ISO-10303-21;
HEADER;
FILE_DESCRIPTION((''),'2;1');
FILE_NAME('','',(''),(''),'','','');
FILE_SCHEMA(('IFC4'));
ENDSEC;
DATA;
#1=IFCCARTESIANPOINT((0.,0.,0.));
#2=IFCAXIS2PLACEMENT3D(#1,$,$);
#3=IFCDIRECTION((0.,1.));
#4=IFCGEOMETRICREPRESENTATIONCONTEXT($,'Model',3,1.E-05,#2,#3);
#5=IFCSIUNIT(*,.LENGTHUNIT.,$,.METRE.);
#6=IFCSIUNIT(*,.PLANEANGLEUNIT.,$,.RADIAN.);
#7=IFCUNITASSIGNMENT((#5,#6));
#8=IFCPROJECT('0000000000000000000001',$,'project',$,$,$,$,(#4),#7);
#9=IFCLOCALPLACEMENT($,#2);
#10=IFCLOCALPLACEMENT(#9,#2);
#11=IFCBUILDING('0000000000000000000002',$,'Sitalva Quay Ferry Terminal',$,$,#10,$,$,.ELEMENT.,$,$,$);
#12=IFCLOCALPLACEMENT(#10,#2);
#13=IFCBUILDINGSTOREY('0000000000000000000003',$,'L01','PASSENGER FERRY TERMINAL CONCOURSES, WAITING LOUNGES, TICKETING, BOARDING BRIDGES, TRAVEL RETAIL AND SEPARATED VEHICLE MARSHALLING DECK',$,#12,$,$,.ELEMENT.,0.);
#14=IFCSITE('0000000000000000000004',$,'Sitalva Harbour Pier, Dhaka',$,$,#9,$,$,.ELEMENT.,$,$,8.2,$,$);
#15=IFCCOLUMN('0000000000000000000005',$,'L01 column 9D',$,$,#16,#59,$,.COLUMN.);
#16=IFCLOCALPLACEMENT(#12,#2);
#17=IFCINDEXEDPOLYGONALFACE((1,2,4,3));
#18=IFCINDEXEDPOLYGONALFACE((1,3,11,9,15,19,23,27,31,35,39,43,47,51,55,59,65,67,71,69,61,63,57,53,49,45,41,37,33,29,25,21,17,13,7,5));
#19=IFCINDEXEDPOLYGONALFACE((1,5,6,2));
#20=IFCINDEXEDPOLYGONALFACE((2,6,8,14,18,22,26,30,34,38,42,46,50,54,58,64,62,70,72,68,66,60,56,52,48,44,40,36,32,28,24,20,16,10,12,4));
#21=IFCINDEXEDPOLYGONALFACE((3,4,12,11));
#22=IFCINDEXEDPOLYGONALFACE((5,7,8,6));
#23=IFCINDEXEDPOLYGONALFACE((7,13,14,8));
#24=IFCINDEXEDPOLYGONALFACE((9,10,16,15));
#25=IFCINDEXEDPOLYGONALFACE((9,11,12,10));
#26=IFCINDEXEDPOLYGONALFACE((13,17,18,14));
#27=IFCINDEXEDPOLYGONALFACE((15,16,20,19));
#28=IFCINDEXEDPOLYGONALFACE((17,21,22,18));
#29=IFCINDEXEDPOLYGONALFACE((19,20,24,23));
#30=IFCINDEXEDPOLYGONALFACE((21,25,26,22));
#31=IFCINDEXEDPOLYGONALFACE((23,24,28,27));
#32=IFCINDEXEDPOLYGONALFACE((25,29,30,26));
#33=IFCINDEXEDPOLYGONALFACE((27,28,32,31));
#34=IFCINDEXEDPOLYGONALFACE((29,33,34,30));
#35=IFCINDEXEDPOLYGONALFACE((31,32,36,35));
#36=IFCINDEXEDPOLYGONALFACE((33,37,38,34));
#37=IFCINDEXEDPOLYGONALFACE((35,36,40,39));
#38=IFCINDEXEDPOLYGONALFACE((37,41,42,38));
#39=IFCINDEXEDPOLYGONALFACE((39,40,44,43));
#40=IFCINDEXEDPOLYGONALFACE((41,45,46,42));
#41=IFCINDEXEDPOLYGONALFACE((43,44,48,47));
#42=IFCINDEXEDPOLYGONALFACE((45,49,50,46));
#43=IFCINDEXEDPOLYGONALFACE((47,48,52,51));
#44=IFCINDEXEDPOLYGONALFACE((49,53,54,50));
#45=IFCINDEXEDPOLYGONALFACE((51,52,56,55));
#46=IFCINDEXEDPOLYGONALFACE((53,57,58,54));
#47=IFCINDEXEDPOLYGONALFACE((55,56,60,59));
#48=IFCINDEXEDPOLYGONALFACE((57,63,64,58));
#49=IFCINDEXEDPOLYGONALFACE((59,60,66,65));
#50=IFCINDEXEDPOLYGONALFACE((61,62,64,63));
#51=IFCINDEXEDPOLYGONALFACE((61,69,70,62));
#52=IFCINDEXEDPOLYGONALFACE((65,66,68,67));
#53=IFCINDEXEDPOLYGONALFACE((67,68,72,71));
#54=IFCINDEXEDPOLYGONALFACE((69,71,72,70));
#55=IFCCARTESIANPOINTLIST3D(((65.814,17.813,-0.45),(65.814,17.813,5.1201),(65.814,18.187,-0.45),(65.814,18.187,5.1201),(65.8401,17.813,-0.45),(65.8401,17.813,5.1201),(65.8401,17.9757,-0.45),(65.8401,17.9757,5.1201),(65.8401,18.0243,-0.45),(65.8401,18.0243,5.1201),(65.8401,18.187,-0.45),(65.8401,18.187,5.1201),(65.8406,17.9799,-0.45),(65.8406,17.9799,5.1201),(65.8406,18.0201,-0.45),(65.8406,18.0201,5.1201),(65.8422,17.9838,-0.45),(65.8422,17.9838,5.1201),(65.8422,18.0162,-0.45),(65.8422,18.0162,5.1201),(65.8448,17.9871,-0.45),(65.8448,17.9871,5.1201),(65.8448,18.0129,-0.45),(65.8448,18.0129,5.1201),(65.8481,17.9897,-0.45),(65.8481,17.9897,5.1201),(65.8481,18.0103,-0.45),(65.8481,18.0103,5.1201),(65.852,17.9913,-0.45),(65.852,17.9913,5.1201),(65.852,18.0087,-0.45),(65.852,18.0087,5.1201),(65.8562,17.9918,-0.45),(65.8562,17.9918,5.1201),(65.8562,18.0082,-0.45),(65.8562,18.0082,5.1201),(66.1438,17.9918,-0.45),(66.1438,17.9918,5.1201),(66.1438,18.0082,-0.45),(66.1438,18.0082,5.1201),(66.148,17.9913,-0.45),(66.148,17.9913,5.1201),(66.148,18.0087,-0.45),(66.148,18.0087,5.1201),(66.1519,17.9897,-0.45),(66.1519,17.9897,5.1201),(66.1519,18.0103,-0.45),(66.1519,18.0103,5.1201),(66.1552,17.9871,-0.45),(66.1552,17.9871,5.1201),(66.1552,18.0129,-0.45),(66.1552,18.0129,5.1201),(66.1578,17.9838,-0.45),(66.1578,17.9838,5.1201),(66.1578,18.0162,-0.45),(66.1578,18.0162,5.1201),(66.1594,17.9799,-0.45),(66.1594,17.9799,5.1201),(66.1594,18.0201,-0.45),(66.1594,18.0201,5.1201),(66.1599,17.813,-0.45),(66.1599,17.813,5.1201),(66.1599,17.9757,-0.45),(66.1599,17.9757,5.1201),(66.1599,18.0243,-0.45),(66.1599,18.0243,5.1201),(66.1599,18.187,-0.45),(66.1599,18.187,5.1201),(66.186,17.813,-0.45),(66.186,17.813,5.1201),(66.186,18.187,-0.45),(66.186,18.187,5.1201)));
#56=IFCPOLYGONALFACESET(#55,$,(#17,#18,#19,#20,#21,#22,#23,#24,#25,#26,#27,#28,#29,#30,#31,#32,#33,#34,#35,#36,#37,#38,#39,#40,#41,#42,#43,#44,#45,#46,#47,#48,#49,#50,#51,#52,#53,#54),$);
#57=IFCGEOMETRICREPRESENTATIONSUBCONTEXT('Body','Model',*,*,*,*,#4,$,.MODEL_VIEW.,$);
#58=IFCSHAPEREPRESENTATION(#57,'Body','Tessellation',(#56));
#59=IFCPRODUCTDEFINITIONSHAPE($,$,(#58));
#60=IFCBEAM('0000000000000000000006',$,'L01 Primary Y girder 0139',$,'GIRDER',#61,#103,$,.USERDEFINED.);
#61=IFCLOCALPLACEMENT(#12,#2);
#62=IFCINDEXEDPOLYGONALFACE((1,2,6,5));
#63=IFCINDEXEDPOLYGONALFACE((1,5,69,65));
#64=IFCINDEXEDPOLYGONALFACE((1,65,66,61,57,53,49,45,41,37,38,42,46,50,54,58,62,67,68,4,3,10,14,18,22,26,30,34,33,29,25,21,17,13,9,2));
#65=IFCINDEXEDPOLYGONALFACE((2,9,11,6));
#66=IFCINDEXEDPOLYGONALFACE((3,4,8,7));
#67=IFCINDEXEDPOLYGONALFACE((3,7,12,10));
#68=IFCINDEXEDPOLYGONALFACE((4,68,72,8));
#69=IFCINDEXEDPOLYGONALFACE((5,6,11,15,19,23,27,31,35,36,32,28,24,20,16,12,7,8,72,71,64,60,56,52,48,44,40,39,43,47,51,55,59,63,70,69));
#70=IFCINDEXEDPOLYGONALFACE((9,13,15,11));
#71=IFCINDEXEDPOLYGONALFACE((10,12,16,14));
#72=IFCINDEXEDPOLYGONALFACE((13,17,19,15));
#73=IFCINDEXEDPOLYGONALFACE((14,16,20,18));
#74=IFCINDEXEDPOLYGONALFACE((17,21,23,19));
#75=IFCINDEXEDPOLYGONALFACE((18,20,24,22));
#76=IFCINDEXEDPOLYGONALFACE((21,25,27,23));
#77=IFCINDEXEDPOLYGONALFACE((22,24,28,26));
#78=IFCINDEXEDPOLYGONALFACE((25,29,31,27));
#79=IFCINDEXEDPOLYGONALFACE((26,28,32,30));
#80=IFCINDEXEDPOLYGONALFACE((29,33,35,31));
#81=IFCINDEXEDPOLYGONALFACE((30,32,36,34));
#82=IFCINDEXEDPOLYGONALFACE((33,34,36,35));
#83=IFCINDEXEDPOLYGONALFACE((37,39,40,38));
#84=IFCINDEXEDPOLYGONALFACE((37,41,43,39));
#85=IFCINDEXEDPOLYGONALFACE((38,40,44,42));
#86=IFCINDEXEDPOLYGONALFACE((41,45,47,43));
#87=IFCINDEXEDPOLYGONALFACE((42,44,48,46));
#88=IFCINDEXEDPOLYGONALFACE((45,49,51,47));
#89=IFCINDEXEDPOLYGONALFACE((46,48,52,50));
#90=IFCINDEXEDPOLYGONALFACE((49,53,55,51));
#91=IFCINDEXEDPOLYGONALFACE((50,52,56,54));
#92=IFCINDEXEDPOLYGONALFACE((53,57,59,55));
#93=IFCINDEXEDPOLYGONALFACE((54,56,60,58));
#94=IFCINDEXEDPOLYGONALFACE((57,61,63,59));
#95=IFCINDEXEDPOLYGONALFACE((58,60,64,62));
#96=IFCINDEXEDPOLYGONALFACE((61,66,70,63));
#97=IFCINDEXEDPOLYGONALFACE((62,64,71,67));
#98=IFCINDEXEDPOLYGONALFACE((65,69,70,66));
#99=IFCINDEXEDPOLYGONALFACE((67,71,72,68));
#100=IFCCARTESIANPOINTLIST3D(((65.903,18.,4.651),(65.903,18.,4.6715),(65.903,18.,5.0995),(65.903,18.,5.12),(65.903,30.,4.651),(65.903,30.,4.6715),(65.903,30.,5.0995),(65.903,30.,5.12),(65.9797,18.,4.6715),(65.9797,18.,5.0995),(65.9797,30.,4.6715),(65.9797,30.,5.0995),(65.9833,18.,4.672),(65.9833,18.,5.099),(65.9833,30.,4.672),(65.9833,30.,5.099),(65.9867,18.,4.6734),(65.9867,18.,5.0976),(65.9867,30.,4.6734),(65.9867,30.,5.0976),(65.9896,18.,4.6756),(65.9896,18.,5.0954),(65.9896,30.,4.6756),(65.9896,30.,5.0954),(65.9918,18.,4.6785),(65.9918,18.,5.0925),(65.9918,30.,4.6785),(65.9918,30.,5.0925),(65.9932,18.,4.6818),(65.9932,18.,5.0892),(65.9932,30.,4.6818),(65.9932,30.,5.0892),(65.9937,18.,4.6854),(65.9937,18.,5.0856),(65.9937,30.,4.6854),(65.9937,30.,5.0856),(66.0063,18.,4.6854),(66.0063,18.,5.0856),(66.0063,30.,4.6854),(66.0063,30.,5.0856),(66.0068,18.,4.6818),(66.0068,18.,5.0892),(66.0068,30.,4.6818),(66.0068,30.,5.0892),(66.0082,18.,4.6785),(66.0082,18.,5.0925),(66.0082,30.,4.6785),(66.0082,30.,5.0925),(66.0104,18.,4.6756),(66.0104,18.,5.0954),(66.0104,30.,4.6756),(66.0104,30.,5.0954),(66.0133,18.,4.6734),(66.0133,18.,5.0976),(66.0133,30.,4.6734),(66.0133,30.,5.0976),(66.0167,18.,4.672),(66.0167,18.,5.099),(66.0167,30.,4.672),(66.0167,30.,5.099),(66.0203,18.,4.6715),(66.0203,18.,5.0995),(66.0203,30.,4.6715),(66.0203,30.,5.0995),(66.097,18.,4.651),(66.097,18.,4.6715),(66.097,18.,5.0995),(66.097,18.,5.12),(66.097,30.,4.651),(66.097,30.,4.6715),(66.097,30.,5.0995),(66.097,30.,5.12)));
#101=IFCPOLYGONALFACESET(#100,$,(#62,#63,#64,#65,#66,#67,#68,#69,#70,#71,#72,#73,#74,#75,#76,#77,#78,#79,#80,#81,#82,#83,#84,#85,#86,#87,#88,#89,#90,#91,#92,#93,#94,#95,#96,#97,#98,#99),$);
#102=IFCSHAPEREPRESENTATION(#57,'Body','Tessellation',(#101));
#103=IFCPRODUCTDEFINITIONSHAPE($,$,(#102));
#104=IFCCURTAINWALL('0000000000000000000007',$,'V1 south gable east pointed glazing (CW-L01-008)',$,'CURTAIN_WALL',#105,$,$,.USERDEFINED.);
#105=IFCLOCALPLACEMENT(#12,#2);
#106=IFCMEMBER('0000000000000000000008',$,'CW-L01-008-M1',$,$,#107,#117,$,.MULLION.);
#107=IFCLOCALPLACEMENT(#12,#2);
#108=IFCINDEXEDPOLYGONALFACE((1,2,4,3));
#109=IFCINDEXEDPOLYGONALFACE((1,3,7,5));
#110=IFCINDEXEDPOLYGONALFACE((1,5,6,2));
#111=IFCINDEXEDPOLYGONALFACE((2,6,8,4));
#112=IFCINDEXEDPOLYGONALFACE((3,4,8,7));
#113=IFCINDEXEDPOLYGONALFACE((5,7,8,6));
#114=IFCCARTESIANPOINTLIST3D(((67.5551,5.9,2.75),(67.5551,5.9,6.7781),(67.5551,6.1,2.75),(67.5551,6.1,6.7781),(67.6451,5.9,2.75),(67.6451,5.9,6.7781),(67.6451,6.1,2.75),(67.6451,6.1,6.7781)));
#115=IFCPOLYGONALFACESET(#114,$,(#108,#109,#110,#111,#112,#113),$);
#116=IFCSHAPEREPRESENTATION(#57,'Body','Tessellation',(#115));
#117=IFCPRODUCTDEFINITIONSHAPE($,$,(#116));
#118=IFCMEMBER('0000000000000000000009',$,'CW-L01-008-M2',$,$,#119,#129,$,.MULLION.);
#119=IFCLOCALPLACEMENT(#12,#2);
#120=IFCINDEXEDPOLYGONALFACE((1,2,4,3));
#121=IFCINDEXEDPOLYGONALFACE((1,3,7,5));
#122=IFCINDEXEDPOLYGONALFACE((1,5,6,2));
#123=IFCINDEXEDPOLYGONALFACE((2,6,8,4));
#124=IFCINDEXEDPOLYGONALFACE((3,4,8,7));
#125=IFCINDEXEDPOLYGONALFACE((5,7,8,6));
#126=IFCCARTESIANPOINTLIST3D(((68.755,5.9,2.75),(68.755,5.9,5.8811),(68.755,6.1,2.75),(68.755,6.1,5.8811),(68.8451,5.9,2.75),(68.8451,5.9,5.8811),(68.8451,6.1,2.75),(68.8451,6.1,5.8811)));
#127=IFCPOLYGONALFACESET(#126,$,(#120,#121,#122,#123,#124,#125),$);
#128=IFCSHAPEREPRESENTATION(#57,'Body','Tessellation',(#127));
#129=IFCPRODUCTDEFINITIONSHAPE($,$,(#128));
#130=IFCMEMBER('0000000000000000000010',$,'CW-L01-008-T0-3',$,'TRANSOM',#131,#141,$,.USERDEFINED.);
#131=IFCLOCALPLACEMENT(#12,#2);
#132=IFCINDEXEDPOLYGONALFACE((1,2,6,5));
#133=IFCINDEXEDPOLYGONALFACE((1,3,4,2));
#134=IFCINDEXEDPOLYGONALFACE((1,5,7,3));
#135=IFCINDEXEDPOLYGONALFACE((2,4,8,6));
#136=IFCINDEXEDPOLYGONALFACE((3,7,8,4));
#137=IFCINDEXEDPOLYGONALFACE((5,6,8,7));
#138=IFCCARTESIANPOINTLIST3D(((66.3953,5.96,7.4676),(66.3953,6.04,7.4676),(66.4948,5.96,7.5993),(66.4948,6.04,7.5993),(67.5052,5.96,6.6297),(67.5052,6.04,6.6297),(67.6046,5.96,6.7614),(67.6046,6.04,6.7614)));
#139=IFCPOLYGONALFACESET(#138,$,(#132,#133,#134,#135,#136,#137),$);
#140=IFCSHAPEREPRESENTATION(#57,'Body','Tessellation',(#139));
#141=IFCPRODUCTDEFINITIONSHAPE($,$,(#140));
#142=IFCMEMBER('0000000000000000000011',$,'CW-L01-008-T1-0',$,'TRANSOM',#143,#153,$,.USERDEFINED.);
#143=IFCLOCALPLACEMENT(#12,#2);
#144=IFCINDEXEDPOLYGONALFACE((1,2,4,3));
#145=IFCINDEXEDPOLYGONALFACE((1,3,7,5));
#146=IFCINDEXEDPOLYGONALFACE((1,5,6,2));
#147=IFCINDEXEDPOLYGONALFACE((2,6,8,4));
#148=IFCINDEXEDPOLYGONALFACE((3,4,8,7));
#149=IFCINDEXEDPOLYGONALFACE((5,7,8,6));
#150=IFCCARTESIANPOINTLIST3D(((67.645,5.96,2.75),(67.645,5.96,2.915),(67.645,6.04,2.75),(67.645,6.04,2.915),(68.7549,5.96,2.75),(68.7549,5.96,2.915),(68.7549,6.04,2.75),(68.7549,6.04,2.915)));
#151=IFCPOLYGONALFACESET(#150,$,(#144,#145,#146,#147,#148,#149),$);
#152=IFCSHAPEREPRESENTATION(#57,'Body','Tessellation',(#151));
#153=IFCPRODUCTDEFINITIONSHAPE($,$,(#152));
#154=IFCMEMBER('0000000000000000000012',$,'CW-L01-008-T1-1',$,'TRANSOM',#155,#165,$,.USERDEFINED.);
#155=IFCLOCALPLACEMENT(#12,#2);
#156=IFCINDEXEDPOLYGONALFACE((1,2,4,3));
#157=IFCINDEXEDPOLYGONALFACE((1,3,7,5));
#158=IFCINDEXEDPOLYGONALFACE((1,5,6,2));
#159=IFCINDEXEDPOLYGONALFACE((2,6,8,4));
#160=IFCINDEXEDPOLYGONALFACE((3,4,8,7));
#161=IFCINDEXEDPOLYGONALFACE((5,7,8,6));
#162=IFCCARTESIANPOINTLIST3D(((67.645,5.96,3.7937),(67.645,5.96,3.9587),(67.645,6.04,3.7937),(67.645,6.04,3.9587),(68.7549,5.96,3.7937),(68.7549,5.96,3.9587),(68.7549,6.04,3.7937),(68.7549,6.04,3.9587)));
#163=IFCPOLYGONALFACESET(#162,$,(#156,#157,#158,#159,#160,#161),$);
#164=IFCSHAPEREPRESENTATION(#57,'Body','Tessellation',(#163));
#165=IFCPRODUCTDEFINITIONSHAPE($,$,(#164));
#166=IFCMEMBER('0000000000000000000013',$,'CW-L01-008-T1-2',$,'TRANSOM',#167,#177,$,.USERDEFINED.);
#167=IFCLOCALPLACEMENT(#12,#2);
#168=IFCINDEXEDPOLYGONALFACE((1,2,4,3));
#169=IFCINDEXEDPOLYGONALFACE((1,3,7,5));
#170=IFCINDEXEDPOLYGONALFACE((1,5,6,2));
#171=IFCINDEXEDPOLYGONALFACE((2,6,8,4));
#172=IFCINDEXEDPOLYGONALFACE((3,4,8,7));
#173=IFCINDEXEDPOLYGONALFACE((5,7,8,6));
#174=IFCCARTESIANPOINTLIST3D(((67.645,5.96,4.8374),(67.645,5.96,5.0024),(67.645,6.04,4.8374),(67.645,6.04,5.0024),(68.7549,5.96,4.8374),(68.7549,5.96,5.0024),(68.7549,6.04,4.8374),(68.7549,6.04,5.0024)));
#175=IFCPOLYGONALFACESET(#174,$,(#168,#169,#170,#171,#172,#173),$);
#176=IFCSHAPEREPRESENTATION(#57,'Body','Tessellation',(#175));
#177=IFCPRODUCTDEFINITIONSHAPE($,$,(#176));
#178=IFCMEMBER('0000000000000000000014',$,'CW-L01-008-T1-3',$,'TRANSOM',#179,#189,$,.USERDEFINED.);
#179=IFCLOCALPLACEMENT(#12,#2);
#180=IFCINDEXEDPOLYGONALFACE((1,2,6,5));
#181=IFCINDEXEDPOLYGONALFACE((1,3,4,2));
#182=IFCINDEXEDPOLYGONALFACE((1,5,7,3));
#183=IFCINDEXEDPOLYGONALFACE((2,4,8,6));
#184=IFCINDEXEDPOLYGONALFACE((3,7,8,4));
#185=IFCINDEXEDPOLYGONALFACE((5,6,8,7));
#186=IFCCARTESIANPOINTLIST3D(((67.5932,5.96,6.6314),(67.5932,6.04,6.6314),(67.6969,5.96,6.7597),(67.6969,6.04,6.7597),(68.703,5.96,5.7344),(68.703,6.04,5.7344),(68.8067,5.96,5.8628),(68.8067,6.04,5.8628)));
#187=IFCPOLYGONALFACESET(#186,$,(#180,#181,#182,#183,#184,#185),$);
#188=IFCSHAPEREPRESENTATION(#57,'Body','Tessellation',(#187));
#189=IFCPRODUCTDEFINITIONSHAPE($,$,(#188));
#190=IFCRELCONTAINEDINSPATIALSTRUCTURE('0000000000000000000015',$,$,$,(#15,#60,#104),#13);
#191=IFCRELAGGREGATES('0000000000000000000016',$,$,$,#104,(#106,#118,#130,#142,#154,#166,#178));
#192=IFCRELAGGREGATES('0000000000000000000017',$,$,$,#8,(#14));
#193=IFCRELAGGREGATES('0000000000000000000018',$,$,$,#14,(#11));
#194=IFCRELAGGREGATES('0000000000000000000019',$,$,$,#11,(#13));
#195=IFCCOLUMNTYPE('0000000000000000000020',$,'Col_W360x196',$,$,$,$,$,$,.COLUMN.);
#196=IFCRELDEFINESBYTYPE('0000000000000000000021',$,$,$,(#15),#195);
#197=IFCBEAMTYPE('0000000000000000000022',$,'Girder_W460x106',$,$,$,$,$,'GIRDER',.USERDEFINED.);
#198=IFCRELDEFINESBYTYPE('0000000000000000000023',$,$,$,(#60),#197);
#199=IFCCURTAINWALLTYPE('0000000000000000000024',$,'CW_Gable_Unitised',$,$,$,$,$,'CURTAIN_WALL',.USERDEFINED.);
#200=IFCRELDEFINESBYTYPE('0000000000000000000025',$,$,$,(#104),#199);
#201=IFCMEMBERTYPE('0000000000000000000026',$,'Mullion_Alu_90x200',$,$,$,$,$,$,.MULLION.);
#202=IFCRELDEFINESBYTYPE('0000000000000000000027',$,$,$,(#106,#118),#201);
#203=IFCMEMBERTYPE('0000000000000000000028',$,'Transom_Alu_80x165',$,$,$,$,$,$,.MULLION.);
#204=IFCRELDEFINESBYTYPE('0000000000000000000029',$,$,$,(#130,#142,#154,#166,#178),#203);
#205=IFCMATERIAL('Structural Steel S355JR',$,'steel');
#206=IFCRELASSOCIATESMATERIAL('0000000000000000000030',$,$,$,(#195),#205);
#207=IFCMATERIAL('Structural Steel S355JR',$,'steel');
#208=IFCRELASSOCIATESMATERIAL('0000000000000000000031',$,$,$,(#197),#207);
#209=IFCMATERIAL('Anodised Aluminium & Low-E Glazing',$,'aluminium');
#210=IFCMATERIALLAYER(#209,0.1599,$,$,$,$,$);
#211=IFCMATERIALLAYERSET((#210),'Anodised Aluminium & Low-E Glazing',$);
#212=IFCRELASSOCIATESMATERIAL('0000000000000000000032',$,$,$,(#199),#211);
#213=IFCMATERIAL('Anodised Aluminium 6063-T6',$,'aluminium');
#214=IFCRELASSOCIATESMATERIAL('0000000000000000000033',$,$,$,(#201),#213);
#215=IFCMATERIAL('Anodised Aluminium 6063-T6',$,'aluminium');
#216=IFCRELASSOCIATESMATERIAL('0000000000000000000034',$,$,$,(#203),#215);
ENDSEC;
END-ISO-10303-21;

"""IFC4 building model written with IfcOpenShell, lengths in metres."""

from ifc_helpers import new_model, si_unit, direction, frame, origin, origin_2d, place, context, subcontext, project, spatial, rectangle, i_section, extrude, material, layer, layer_set, material_profile, profile_set, type_object, element, aggregate, save


model = new_model("IFC4")

# Units and contexts
model_context = context("Model", 3, precision=1e-05, world=origin(), true_north=direction((0.0, 1.0)))
body_context = subcontext(model_context, "Body", "Model", "MODEL_VIEW")
ifc_project = project(units=[si_unit("LENGTHUNIT", "METRE"), si_unit("PLANEANGLEUNIT", "RADIAN")], contexts=[model_context])

# Site, building, storey
site_placement = place(None, origin())
site = spatial("IfcSite", under=ifc_project, at=site_placement, Name="Sitalva Harbour Pier, Dhaka", CompositionType="ELEMENT", RefElevation=8.2)
building_placement = place(site_placement, origin())
building = spatial("IfcBuilding", under=site, at=building_placement, Name="Sitalva Quay Ferry Terminal", CompositionType="ELEMENT")
storey_placement = place(building_placement, origin())
storey = spatial("IfcBuildingStorey", under=building, at=storey_placement, Name="L01", Description="PASSENGER FERRY TERMINAL CONCOURSES, WAITING LOUNGES, TICKETING, BOARDING BRIDGES, TRAVEL RETAIL AND SEPARATED VEHICLE MARSHALLING DECK", CompositionType="ELEMENT", Elevation=0.0)

# Column
ifc_material_1 = material(Name="Structural Steel S355JR", Category="steel")
ifc_material_profile_1 = material_profile(ifc_material_1, i_section(OverallWidth=0.374, OverallDepth=0.3721, WebThickness=0.0164, FlangeThickness=0.0261, FilletRadius=0.0161, at=origin_2d()), Name="W360x196")
ifc_profile_set_1 = profile_set([ifc_material_profile_1], Name="Structural Steel S355JR")
column_type = type_object("IfcColumnType", Name="Col_W360x196", PredefinedType="COLUMN", material=ifc_profile_set_1)
column_placement = place(storey_placement, frame((66.0, 18.0, -0.45), z_axis=(0.0, 0.0, 1.0), x_axis=(0.0, 1.0, 0.0)))
element("IfcColumn", 1, at=column_placement, inside=storey, type_object=column_type, Name="L01 column 9D", PredefinedType="COLUMN", context=body_context, shape_type="SweptSolid", body=[
    extrude(i_section(OverallWidth=0.374, OverallDepth=0.3721, WebThickness=0.0164, FlangeThickness=0.0261, FilletRadius=0.0161, at=origin_2d()), origin(), (0.0, 0.0, 1.0), 5.5701),
])

# Beam
ifc_material_2 = material(Name="Structural Steel S355JR", Category="steel")
ifc_material_profile_2 = material_profile(ifc_material_2, i_section(OverallWidth=0.1941, OverallDepth=0.469, WebThickness=0.0127, FlangeThickness=0.0205, FilletRadius=0.0139, at=origin_2d()), Name="W460x106")
ifc_profile_set_2 = profile_set([ifc_material_profile_2], Name="Structural Steel S355JR")
beam_type = type_object("IfcBeamType", Name="Girder_W460x106", ElementType="GIRDER", PredefinedType="USERDEFINED", material=ifc_profile_set_2)
beam_placement = place(storey_placement, frame((66.0, 18.0, 4.8855), z_axis=(0.0, 1.0, 0.0), x_axis=(-1.0, 0.0, 0.0)))
element("IfcBeam", 2, at=beam_placement, inside=storey, type_object=beam_type, Name="L01 Primary Y girder 0139", ObjectType="GIRDER", PredefinedType="USERDEFINED", context=body_context, shape_type="SweptSolid", body=[
    extrude(i_section(OverallWidth=0.1941, OverallDepth=0.469, WebThickness=0.0127, FlangeThickness=0.0205, FilletRadius=0.0139, at=origin_2d()), origin(), (0.0, 0.0, 1.0), 12.0),
])

# Curtain wall, members
ifc_material_3 = material(Name="Anodised Aluminium & Low-E Glazing", Category="aluminium")
ifc_layer_1 = layer(ifc_material_3, 0.1599)
ifc_layer_set_1 = layer_set([ifc_layer_1], Name="Anodised Aluminium & Low-E Glazing")
curtain_wall_type = type_object("IfcCurtainWallType", Name="CW_Gable_Unitised", ElementType="CURTAIN_WALL", PredefinedType="USERDEFINED", material=ifc_layer_set_1)
curtain_wall_placement = place(storey_placement, origin())
curtain_wall = element("IfcCurtainWall", 3, at=curtain_wall_placement, inside=storey, type_object=curtain_wall_type, Name="V1 south gable east pointed glazing (CW-L01-008)", ObjectType="CURTAIN_WALL", PredefinedType="USERDEFINED")
ifc_material_4 = material(Name="Anodised Aluminium 6063-T6", Category="aluminium")
ifc_material_profile_3 = material_profile(ifc_material_4, rectangle(XDim=0.0901, YDim=0.2, at=origin_2d()), Name="ALU90x200")
ifc_profile_set_3 = profile_set([ifc_material_profile_3], Name="Anodised Aluminium 6063-T6")
member_type_1 = type_object("IfcMemberType", Name="Mullion_Alu_90x200", PredefinedType="MULLION", material=ifc_profile_set_3)
member_1_placement = place(storey_placement, frame((67.6001, 6.0, 2.75), z_axis=(0.0, 0.0, 1.0), x_axis=(1.0, 0.0, 0.0)))
member_1 = element("IfcMember", 4, at=member_1_placement, type_object=member_type_1, Name="CW-L01-008-M1", PredefinedType="MULLION", context=body_context, shape_type="SweptSolid", body=[
    extrude(rectangle(XDim=0.0901, YDim=0.2, at=origin_2d()), origin(), (0.0, 0.0, 1.0), 4.0281),
])
member_2_placement = place(storey_placement, frame((68.8, 6.0, 2.75), z_axis=(0.0, 0.0, 1.0), x_axis=(1.0, 0.0, 0.0)))
member_2 = element("IfcMember", 5, at=member_2_placement, type_object=member_type_1, Name="CW-L01-008-M2", PredefinedType="MULLION", context=body_context, shape_type="SweptSolid", body=[
    extrude(rectangle(XDim=0.0901, YDim=0.2, at=origin_2d()), origin(), (0.0, 0.0, 1.0), 3.1311),
])
ifc_material_5 = material(Name="Anodised Aluminium 6063-T6", Category="aluminium")
ifc_material_profile_4 = material_profile(ifc_material_5, rectangle(XDim=0.0801, YDim=0.165, at=origin_2d()), Name="ALU80x165")
ifc_profile_set_4 = profile_set([ifc_material_profile_4], Name="Anodised Aluminium 6063-T6")
member_type_2 = type_object("IfcMemberType", Name="Transom_Alu_80x165", PredefinedType="MULLION", material=ifc_profile_set_4)
member_3_placement = place(storey_placement, frame((66.4451, 6.0, 7.5334), z_axis=(0.7981, 0.0, -0.602525), x_axis=(0.0, 1.0, 0.0)))
member_3 = element("IfcMember", 6, at=member_3_placement, type_object=member_type_2, Name="CW-L01-008-T0-3", ObjectType="TRANSOM", PredefinedType="USERDEFINED", context=body_context, shape_type="SweptSolid", body=[
    extrude(rectangle(XDim=0.0801, YDim=0.165, at=origin_2d()), origin(), (0.0, 0.0, 1.0), 1.3906),
])
member_4_placement = place(storey_placement, frame((67.645, 6.0, 2.8325), z_axis=(1.0, 0.0, 0.0), x_axis=(0.0, 1.0, 0.0)))
member_4 = element("IfcMember", 7, at=member_4_placement, type_object=member_type_2, Name="CW-L01-008-T1-0", ObjectType="TRANSOM", PredefinedType="USERDEFINED", context=body_context, shape_type="SweptSolid", body=[
    extrude(rectangle(XDim=0.0801, YDim=0.165, at=origin_2d()), origin(), (0.0, 0.0, 1.0), 1.1099),
])
member_5_placement = place(storey_placement, frame((67.645, 6.0, 3.8762), z_axis=(1.0, 0.0, 0.0), x_axis=(0.0, 1.0, 0.0)))
member_5 = element("IfcMember", 8, at=member_5_placement, type_object=member_type_2, Name="CW-L01-008-T1-1", ObjectType="TRANSOM", PredefinedType="USERDEFINED", context=body_context, shape_type="SweptSolid", body=[
    extrude(rectangle(XDim=0.0801, YDim=0.165, at=origin_2d()), origin(), (0.0, 0.0, 1.0), 1.1099),
])
member_6_placement = place(storey_placement, frame((67.645, 6.0, 4.9199), z_axis=(1.0, 0.0, 0.0), x_axis=(0.0, 1.0, 0.0)))
member_6 = element("IfcMember", 9, at=member_6_placement, type_object=member_type_2, Name="CW-L01-008-T1-2", ObjectType="TRANSOM", PredefinedType="USERDEFINED", context=body_context, shape_type="SweptSolid", body=[
    extrude(rectangle(XDim=0.0801, YDim=0.165, at=origin_2d()), origin(), (0.0, 0.0, 1.0), 1.1099),
])
member_7_placement = place(storey_placement, frame((67.645, 6.0, 6.6956), z_axis=(0.777755, 0.0, -0.628568), x_axis=(0.0, 1.0, 0.0)))
member_7 = element("IfcMember", 10, at=member_7_placement, type_object=member_type_2, Name="CW-L01-008-T1-3", ObjectType="TRANSOM", PredefinedType="USERDEFINED", context=body_context, shape_type="SweptSolid", body=[
    extrude(rectangle(XDim=0.0801, YDim=0.165, at=origin_2d()), origin(), (0.0, 0.0, 1.0), 1.427),
])
aggregate(curtain_wall, [member_1, member_2, member_3, member_4, member_5, member_6, member_7])

save(model, "model.ifc")
